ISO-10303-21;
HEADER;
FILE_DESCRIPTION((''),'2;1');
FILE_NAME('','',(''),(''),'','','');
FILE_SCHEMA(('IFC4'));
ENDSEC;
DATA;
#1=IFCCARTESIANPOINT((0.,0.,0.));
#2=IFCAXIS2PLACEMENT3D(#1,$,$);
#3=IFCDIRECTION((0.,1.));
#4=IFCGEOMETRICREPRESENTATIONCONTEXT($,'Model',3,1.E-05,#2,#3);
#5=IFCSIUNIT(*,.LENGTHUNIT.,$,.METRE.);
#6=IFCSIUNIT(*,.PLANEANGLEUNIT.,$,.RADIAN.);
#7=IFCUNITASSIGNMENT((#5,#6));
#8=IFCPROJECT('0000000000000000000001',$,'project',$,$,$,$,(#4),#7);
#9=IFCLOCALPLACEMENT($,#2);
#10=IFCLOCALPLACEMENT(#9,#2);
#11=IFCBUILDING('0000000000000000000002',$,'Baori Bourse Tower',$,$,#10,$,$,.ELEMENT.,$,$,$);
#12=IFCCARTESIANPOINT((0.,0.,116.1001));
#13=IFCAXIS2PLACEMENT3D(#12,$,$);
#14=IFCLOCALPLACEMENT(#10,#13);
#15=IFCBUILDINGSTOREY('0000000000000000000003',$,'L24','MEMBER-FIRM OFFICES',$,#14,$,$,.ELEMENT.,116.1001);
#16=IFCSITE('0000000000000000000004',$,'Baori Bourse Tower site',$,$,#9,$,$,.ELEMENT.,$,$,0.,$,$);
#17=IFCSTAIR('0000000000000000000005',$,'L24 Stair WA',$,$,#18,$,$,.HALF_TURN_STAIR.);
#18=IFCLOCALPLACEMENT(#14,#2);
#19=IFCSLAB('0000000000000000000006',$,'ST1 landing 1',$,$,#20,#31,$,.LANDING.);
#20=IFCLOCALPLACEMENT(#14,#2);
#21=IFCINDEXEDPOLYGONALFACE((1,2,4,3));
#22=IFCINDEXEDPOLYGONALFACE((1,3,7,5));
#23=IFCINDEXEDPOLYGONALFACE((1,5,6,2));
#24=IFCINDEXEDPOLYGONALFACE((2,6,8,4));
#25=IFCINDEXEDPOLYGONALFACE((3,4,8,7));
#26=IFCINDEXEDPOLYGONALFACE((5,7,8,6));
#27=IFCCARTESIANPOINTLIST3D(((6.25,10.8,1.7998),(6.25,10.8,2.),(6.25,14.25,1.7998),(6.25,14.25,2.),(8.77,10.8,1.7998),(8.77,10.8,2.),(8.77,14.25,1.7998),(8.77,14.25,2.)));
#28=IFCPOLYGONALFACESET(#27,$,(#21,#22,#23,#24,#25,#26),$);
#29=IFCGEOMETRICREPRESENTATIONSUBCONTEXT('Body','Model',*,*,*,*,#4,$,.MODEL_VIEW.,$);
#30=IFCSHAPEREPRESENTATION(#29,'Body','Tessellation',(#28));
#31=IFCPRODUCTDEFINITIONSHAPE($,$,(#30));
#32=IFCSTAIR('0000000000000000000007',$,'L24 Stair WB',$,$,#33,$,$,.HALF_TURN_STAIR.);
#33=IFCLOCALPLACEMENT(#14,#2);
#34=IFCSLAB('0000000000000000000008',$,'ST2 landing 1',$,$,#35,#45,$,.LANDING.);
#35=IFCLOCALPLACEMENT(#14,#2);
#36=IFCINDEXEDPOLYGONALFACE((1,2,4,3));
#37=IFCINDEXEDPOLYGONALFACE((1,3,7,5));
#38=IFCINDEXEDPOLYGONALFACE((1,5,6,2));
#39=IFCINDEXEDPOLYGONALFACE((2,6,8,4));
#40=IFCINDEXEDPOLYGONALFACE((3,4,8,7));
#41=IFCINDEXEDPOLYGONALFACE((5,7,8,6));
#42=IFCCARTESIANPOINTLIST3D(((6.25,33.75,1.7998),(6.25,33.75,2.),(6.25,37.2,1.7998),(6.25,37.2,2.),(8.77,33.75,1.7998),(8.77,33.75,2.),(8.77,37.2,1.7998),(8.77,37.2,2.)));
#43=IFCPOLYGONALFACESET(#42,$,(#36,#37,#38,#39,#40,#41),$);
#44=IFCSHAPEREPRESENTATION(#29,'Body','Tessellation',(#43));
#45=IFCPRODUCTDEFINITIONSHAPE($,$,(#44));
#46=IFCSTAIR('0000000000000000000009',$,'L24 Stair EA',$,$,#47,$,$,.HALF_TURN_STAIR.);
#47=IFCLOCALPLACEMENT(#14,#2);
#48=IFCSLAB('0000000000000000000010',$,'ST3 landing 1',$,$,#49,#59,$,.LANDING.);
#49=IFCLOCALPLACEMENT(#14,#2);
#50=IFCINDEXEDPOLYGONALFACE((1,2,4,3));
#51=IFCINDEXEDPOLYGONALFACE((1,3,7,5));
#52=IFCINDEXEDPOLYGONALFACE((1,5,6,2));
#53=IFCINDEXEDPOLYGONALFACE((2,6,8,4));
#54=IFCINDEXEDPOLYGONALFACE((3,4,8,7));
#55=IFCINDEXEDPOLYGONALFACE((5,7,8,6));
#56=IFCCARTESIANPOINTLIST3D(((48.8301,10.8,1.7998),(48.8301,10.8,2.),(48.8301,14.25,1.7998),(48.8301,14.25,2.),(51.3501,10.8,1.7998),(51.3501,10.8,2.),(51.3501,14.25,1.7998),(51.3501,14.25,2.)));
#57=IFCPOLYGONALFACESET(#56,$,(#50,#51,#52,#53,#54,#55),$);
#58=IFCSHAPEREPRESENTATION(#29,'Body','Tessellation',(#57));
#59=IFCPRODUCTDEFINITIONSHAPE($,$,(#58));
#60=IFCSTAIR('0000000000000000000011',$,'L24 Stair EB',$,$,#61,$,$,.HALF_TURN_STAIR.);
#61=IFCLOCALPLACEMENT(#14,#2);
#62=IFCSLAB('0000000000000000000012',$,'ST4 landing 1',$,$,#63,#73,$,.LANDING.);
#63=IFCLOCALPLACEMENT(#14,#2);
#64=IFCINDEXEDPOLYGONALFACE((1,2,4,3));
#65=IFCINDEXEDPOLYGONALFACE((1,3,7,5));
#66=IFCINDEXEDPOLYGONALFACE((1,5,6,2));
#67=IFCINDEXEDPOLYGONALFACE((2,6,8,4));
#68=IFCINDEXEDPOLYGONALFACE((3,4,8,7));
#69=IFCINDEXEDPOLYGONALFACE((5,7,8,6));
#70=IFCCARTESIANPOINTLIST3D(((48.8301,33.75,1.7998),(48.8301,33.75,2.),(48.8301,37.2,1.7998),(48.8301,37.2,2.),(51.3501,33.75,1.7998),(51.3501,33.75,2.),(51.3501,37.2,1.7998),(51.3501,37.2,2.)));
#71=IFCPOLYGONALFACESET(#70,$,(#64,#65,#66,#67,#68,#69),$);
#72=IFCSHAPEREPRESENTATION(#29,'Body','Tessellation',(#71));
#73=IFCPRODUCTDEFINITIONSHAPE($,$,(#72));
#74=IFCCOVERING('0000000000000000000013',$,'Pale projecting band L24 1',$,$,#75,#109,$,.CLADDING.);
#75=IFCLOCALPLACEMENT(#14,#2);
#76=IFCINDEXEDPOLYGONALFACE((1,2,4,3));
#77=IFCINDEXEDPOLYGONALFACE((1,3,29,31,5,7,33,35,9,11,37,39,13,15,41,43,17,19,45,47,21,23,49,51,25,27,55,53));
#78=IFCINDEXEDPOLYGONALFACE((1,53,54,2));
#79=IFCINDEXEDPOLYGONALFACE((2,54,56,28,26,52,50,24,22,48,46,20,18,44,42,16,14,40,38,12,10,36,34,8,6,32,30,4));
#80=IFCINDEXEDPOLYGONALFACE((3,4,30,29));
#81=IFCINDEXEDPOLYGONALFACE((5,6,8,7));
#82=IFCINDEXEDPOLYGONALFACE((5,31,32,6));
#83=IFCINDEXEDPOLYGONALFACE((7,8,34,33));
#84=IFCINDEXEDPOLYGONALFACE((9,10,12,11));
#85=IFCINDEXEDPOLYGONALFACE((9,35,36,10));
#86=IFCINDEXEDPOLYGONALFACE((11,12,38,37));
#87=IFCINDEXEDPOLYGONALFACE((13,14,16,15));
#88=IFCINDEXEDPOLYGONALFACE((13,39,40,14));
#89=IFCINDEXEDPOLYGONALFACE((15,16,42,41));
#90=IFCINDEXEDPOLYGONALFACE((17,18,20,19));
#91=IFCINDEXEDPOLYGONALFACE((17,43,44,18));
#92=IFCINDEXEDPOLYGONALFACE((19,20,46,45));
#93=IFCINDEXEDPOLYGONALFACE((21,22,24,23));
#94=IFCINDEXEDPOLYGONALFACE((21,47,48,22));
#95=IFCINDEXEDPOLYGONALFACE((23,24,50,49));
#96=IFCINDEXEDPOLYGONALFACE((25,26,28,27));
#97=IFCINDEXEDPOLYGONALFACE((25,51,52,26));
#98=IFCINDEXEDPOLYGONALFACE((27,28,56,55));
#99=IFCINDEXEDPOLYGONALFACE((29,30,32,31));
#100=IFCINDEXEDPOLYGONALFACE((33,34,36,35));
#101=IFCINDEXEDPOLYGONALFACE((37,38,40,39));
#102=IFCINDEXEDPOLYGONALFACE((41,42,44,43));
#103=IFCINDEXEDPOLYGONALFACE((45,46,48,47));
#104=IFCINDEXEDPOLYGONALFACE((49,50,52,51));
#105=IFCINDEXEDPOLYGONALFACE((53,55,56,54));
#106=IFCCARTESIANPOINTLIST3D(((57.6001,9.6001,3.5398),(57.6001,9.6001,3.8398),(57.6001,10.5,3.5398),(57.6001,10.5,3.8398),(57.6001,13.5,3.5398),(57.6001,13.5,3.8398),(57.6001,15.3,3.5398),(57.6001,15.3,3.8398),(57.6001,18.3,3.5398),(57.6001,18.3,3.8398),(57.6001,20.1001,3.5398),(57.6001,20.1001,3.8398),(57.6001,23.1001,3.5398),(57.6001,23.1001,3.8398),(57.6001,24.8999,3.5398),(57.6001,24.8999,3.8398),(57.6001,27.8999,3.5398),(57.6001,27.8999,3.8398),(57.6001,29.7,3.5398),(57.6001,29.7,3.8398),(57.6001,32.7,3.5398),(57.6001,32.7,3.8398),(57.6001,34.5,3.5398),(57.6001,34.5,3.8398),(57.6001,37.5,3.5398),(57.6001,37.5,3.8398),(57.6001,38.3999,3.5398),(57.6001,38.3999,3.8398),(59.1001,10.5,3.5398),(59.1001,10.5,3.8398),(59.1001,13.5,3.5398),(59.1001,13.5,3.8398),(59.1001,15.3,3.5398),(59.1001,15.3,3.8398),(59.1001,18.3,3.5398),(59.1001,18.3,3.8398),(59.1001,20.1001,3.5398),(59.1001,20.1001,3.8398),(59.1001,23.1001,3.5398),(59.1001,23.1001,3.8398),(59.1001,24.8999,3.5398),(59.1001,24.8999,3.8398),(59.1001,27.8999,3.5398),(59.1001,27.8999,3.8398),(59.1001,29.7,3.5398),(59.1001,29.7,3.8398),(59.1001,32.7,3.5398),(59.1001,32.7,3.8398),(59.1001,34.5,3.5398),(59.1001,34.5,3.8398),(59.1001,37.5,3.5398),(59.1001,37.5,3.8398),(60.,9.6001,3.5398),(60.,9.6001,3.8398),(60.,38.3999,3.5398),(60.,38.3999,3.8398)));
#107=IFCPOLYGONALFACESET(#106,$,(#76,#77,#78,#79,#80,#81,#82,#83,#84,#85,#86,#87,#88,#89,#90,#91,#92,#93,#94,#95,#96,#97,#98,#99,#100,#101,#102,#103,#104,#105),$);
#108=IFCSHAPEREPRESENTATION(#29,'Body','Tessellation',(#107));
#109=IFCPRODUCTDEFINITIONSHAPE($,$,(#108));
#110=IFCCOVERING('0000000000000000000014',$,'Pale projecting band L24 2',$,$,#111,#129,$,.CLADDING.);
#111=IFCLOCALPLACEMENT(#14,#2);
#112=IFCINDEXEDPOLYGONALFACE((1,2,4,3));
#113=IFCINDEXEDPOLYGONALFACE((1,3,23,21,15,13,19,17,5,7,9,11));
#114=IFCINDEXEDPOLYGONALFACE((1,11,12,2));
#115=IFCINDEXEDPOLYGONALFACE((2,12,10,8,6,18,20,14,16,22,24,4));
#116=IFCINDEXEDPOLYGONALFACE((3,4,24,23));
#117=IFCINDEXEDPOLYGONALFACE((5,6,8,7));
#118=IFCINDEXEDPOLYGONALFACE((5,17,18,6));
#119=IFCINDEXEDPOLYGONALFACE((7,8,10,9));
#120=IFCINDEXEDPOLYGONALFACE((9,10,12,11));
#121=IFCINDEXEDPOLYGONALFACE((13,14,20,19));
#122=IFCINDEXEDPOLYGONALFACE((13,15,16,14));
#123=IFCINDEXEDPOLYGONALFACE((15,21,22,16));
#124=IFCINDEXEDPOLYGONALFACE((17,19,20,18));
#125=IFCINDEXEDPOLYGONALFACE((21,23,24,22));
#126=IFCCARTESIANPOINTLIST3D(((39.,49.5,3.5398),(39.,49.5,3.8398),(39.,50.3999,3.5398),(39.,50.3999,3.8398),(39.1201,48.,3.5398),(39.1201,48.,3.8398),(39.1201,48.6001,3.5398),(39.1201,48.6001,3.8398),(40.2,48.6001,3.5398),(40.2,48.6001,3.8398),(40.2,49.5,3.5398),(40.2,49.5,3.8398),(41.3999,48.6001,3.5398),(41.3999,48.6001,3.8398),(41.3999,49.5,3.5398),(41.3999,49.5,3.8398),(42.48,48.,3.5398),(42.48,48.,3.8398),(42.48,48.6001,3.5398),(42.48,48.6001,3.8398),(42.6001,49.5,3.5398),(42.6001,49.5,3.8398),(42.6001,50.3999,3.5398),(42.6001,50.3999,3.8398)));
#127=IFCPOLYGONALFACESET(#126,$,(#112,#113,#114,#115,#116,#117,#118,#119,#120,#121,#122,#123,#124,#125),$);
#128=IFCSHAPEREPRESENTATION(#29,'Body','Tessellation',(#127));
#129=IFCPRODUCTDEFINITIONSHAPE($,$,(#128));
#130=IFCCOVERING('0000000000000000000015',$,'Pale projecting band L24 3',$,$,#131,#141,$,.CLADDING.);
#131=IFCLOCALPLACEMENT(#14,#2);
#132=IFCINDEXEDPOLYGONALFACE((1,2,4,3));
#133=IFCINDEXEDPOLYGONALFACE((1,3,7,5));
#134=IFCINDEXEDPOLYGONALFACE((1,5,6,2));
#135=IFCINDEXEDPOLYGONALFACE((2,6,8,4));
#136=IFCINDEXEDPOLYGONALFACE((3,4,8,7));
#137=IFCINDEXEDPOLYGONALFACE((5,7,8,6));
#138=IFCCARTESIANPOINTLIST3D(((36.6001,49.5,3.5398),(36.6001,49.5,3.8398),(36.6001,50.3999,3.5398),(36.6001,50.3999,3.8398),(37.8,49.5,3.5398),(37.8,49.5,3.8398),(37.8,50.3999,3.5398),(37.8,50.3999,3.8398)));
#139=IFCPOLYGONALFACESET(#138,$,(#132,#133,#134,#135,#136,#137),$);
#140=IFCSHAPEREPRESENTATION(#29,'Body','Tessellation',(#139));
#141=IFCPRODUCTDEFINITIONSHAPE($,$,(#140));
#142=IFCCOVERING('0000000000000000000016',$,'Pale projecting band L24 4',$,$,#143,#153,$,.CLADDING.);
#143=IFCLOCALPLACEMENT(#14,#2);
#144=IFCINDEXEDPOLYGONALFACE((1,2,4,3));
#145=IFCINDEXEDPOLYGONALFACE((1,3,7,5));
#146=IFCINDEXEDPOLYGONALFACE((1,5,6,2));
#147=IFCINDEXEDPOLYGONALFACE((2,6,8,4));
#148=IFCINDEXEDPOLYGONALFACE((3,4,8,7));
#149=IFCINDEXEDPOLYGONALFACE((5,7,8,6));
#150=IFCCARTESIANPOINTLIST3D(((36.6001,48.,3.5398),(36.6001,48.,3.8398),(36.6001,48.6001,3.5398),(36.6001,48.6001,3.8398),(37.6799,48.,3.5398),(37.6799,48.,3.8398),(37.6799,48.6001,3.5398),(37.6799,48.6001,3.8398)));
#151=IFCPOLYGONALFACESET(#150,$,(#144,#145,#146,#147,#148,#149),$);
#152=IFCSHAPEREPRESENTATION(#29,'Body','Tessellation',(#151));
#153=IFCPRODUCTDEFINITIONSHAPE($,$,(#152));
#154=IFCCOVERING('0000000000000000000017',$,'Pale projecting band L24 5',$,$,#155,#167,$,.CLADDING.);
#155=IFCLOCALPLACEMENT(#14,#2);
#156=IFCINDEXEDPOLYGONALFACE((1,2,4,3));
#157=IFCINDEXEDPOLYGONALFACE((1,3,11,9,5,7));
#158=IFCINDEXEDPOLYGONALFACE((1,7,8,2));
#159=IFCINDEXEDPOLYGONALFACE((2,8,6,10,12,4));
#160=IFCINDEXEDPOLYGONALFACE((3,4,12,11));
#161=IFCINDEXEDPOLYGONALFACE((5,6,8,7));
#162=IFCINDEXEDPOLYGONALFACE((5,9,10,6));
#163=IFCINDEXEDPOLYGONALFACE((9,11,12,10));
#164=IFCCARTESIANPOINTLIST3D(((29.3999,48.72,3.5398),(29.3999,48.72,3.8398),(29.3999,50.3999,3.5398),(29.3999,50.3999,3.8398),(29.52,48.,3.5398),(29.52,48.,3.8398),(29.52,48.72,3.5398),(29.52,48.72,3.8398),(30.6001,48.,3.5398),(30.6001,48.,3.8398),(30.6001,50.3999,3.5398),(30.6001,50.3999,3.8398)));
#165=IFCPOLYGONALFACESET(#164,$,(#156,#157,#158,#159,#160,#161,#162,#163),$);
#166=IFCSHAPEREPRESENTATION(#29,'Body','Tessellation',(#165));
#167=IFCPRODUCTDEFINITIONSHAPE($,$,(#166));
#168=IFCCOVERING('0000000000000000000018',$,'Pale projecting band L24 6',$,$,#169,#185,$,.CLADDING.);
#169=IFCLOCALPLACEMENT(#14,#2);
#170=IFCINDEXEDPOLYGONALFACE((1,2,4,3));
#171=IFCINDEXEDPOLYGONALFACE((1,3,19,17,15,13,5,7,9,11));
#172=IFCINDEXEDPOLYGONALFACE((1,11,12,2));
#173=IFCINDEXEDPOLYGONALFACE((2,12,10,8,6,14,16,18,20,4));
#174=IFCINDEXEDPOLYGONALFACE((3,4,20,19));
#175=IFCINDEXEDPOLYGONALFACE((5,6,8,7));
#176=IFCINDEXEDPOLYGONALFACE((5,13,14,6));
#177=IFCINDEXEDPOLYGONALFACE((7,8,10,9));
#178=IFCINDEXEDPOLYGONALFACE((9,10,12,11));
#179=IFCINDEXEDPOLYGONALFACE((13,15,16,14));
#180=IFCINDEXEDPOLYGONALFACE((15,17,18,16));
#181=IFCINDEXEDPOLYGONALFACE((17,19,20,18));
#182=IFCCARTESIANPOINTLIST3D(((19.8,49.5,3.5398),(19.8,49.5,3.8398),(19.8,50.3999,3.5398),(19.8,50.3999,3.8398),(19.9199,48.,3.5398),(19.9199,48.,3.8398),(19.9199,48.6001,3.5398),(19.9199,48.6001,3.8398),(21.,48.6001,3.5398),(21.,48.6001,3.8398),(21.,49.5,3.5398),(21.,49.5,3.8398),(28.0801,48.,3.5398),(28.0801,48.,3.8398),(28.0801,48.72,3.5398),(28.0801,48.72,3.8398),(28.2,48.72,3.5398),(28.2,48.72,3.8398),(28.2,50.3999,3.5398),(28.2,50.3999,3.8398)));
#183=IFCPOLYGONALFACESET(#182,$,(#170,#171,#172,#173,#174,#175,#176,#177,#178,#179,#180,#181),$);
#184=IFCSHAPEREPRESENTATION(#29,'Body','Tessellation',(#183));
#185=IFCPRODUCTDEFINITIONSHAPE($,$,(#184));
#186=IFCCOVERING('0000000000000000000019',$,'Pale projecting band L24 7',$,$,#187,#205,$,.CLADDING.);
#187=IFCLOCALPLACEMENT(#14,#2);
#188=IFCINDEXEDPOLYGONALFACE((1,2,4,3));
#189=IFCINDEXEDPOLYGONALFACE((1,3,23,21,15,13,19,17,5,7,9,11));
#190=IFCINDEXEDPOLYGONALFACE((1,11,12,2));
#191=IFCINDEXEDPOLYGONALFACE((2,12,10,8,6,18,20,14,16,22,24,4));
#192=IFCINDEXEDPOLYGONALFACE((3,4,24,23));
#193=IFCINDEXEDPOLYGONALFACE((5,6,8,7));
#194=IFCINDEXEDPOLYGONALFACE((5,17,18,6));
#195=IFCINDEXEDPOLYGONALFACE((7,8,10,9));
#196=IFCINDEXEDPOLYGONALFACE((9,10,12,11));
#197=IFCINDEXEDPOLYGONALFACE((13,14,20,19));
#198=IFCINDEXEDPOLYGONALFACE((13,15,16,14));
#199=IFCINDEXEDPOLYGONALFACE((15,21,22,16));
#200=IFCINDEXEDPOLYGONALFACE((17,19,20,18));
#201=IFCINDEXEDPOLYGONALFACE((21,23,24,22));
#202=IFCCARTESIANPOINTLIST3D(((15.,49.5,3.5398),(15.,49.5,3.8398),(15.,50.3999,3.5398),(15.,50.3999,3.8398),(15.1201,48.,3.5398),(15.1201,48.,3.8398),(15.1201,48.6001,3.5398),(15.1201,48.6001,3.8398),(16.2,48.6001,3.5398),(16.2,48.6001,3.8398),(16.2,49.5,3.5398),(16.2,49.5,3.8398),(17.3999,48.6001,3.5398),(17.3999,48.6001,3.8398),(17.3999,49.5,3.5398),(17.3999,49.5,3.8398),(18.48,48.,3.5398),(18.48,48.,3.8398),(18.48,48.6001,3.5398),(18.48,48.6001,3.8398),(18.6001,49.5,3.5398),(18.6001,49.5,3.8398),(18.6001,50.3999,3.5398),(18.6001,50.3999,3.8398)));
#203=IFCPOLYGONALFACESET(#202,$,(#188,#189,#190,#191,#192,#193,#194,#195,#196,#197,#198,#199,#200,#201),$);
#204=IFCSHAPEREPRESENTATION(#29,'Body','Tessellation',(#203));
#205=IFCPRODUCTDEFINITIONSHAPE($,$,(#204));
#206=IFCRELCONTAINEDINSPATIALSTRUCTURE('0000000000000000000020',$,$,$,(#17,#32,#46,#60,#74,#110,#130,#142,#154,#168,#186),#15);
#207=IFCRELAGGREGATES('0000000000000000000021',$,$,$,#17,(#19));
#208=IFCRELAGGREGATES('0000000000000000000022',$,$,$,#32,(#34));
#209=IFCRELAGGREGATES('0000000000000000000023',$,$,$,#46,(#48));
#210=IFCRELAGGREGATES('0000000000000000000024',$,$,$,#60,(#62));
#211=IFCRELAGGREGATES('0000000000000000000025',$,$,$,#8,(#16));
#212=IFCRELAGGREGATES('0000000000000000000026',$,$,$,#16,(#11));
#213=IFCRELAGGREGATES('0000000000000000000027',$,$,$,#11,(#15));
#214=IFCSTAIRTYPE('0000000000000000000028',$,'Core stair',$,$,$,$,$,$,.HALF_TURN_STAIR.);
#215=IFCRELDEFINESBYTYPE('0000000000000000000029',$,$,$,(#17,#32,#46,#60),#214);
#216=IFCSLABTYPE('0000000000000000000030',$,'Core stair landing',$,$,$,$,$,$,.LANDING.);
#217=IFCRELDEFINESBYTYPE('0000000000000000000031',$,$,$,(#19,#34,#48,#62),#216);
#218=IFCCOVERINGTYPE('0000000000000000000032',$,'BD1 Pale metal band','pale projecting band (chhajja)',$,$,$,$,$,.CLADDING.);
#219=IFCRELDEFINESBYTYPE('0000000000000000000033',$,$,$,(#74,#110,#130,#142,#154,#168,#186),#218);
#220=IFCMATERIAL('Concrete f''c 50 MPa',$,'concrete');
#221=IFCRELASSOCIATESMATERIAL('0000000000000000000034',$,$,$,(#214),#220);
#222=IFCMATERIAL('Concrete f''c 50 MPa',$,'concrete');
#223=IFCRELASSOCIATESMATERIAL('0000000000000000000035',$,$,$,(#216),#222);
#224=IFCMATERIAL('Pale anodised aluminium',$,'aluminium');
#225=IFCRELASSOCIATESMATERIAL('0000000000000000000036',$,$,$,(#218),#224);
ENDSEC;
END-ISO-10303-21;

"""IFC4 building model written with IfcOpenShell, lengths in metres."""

from ifc_helpers import new_model, si_unit, direction, frame, origin, place, context, subcontext, project, spatial, polyline, outline, extrude, material, type_object, element, aggregate, save


model = new_model("IFC4")

# Units and contexts
model_context = context("Model", 3, precision=1e-05, world=origin(), true_north=direction((0.0, 1.0)))
body_context = subcontext(model_context, "Body", "Model", "MODEL_VIEW")
ifc_project = project(units=[si_unit("LENGTHUNIT", "METRE"), si_unit("PLANEANGLEUNIT", "RADIAN")], contexts=[model_context])

# Site, building, storey
site_placement = place(None, origin())
site = spatial("IfcSite", under=ifc_project, at=site_placement, Name="Baori Bourse Tower site", CompositionType="ELEMENT", RefElevation=0.0)
building_placement = place(site_placement, origin())
building = spatial("IfcBuilding", under=site, at=building_placement, Name="Baori Bourse Tower", CompositionType="ELEMENT")
storey_placement = place(building_placement, frame((0.0, 0.0, 116.1001)))
storey = spatial("IfcBuildingStorey", under=building, at=storey_placement, Name="L24", Description="MEMBER-FIRM OFFICES", CompositionType="ELEMENT", Elevation=116.1001)

# Stairs, slabs
ifc_material_1 = material(Name="Concrete f'c 50 MPa", Category="concrete")
stair_type = type_object("IfcStairType", Name="Core stair", PredefinedType="HALF_TURN_STAIR", material=ifc_material_1)
stair_1_placement = place(storey_placement, origin())
stair_1 = element("IfcStair", 1, at=stair_1_placement, inside=storey, type_object=stair_type, Name="L24 Stair WA", PredefinedType="HALF_TURN_STAIR")
ifc_material_2 = material(Name="Concrete f'c 50 MPa", Category="concrete")
slab_type = type_object("IfcSlabType", Name="Core stair landing", PredefinedType="LANDING", material=ifc_material_2)
slab_1_placement = place(storey_placement, frame((0.0, 0.0, 1.7998)))
slab_1 = element("IfcSlab", 2, at=slab_1_placement, type_object=slab_type, Name="ST1 landing 1", PredefinedType="LANDING", context=body_context, shape_type="SweptSolid", body=[
    extrude(outline(polyline([(8.77, 14.25), (6.25, 14.25), (6.25, 10.8), (8.77, 10.8), (8.77, 14.25)])), origin(), (0.0, 0.0, 1.0), 0.2002),
])
aggregate(stair_1, [slab_1])
stair_2_placement = place(storey_placement, origin())
stair_2 = element("IfcStair", 3, at=stair_2_placement, inside=storey, type_object=stair_type, Name="L24 Stair WB", PredefinedType="HALF_TURN_STAIR")
slab_2_placement = place(storey_placement, frame((0.0, 0.0, 1.7998)))
slab_2 = element("IfcSlab", 4, at=slab_2_placement, type_object=slab_type, Name="ST2 landing 1", PredefinedType="LANDING", context=body_context, shape_type="SweptSolid", body=[
    extrude(outline(polyline([(8.77, 37.2), (6.25, 37.2), (6.25, 33.75), (8.77, 33.75), (8.77, 37.2)])), origin(), (0.0, 0.0, 1.0), 0.2002),
])
aggregate(stair_2, [slab_2])
stair_3_placement = place(storey_placement, origin())
stair_3 = element("IfcStair", 5, at=stair_3_placement, inside=storey, type_object=stair_type, Name="L24 Stair EA", PredefinedType="HALF_TURN_STAIR")
slab_3_placement = place(storey_placement, frame((0.0, 0.0, 1.7998)))
slab_3 = element("IfcSlab", 6, at=slab_3_placement, type_object=slab_type, Name="ST3 landing 1", PredefinedType="LANDING", context=body_context, shape_type="SweptSolid", body=[
    extrude(outline(polyline([(48.8301, 10.8), (51.3501, 10.8), (51.3501, 14.25), (48.8301, 14.25), (48.8301, 10.8)])), origin(), (0.0, 0.0, 1.0), 0.2002),
])
aggregate(stair_3, [slab_3])
stair_4_placement = place(storey_placement, origin())
stair_4 = element("IfcStair", 7, at=stair_4_placement, inside=storey, type_object=stair_type, Name="L24 Stair EB", PredefinedType="HALF_TURN_STAIR")
slab_4_placement = place(storey_placement, frame((0.0, 0.0, 1.7998)))
slab_4 = element("IfcSlab", 8, at=slab_4_placement, type_object=slab_type, Name="ST4 landing 1", PredefinedType="LANDING", context=body_context, shape_type="SweptSolid", body=[
    extrude(outline(polyline([(48.8301, 33.75), (51.3501, 33.75), (51.3501, 37.2), (48.8301, 37.2), (48.8301, 33.75)])), origin(), (0.0, 0.0, 1.0), 0.2002),
])
aggregate(stair_4, [slab_4])

# Coverings
ifc_material_3 = material(Name="Pale anodised aluminium", Category="aluminium")
covering_type_1 = type_object("IfcCoveringType", Name="BD1 Pale metal band", Description="pale projecting band (chhajja)", PredefinedType="CLADDING", material=ifc_material_3)
covering_1_placement = place(storey_placement, frame((0.0, 0.0, 3.5398)))
element("IfcCovering", 9, at=covering_1_placement, inside=storey, type_object=covering_type_1, Name="Pale projecting band L24 1", PredefinedType="CLADDING", context=body_context, shape_type="SweptSolid", body=[
    extrude(outline(polyline([(57.6001, 10.5), (57.6001, 9.6001), (60.0, 9.6001), (60.0, 38.3999), (57.6001, 38.3999), (57.6001, 37.5), (59.1001, 37.5), (59.1001, 34.5), (57.6001, 34.5), (57.6001, 32.7), (59.1001, 32.7), (59.1001, 29.7), (57.6001, 29.7), (57.6001, 27.8999), (59.1001, 27.8999), (59.1001, 24.8999), (57.6001, 24.8999), (57.6001, 23.1001), (59.1001, 23.1001), (59.1001, 20.1001), (57.6001, 20.1001), (57.6001, 18.3), (59.1001, 18.3), (59.1001, 15.3), (57.6001, 15.3), (57.6001, 13.5), (59.1001, 13.5), (59.1001, 10.5), (57.6001, 10.5)])), origin(), (0.0, 0.0, 1.0), 0.3),
])
covering_2_placement = place(storey_placement, frame((0.0, 0.0, 3.5398)))
element("IfcCovering", 10, at=covering_2_placement, inside=storey, type_object=covering_type_1, Name="Pale projecting band L24 2", PredefinedType="CLADDING", context=body_context, shape_type="SweptSolid", body=[
    extrude(outline(polyline([(39.1201, 48.0), (42.48, 48.0), (42.48, 48.6001), (41.3999, 48.6001), (41.3999, 49.5), (42.6001, 49.5), (42.6001, 50.3999), (39.0, 50.3999), (39.0, 49.5), (40.2, 49.5), (40.2, 48.6001), (39.1201, 48.6001), (39.1201, 48.0)])), origin(), (0.0, 0.0, 1.0), 0.3),
])
covering_3_placement = place(storey_placement, frame((0.0, 0.0, 3.5398)))
element("IfcCovering", 11, at=covering_3_placement, inside=storey, type_object=covering_type_1, Name="Pale projecting band L24 3", PredefinedType="CLADDING", context=body_context, shape_type="SweptSolid", body=[
    extrude(outline(polyline([(37.8, 50.3999), (36.6001, 50.3999), (36.6001, 49.5), (37.8, 49.5), (37.8, 50.3999)])), origin(), (0.0, 0.0, 1.0), 0.3),
])
covering_4_placement = place(storey_placement, frame((0.0, 0.0, 3.5398)))
element("IfcCovering", 12, at=covering_4_placement, inside=storey, type_object=covering_type_1, Name="Pale projecting band L24 4", PredefinedType="CLADDING", context=body_context, shape_type="SweptSolid", body=[
    extrude(outline(polyline([(36.6001, 48.0), (37.6799, 48.0), (37.6799, 48.6001), (36.6001, 48.6001), (36.6001, 48.0)])), origin(), (0.0, 0.0, 1.0), 0.3),
])
covering_5_placement = place(storey_placement, frame((0.0, 0.0, 3.5398)))
element("IfcCovering", 13, at=covering_5_placement, inside=storey, type_object=covering_type_1, Name="Pale projecting band L24 5", PredefinedType="CLADDING", context=body_context, shape_type="SweptSolid", body=[
    extrude(outline(polyline([(29.52, 48.0), (30.6001, 48.0), (30.6001, 50.3999), (29.3999, 50.3999), (29.3999, 48.72), (29.52, 48.72), (29.52, 48.0)])), origin(), (0.0, 0.0, 1.0), 0.3),
])
covering_6_placement = place(storey_placement, frame((0.0, 0.0, 3.5398)))
element("IfcCovering", 14, at=covering_6_placement, inside=storey, type_object=covering_type_1, Name="Pale projecting band L24 6", PredefinedType="CLADDING", context=body_context, shape_type="SweptSolid", body=[
    extrude(outline(polyline([(19.9199, 48.0), (28.0801, 48.0), (28.0801, 48.72), (28.2, 48.72), (28.2, 50.3999), (19.8, 50.3999), (19.8, 49.5), (21.0, 49.5), (21.0, 48.6001), (19.9199, 48.6001), (19.9199, 48.0)])), origin(), (0.0, 0.0, 1.0), 0.3),
])
covering_7_placement = place(storey_placement, frame((0.0, 0.0, 3.5398)))
element("IfcCovering", 15, at=covering_7_placement, inside=storey, type_object=covering_type_1, Name="Pale projecting band L24 7", PredefinedType="CLADDING", context=body_context, shape_type="SweptSolid", body=[
    extrude(outline(polyline([(15.1201, 48.0), (18.48, 48.0), (18.48, 48.6001), (17.3999, 48.6001), (17.3999, 49.5), (18.6001, 49.5), (18.6001, 50.3999), (15.0, 50.3999), (15.0, 49.5), (16.2, 49.5), (16.2, 48.6001), (15.1201, 48.6001), (15.1201, 48.0)])), origin(), (0.0, 0.0, 1.0), 0.3),
])

save(model, "model.ifc")
